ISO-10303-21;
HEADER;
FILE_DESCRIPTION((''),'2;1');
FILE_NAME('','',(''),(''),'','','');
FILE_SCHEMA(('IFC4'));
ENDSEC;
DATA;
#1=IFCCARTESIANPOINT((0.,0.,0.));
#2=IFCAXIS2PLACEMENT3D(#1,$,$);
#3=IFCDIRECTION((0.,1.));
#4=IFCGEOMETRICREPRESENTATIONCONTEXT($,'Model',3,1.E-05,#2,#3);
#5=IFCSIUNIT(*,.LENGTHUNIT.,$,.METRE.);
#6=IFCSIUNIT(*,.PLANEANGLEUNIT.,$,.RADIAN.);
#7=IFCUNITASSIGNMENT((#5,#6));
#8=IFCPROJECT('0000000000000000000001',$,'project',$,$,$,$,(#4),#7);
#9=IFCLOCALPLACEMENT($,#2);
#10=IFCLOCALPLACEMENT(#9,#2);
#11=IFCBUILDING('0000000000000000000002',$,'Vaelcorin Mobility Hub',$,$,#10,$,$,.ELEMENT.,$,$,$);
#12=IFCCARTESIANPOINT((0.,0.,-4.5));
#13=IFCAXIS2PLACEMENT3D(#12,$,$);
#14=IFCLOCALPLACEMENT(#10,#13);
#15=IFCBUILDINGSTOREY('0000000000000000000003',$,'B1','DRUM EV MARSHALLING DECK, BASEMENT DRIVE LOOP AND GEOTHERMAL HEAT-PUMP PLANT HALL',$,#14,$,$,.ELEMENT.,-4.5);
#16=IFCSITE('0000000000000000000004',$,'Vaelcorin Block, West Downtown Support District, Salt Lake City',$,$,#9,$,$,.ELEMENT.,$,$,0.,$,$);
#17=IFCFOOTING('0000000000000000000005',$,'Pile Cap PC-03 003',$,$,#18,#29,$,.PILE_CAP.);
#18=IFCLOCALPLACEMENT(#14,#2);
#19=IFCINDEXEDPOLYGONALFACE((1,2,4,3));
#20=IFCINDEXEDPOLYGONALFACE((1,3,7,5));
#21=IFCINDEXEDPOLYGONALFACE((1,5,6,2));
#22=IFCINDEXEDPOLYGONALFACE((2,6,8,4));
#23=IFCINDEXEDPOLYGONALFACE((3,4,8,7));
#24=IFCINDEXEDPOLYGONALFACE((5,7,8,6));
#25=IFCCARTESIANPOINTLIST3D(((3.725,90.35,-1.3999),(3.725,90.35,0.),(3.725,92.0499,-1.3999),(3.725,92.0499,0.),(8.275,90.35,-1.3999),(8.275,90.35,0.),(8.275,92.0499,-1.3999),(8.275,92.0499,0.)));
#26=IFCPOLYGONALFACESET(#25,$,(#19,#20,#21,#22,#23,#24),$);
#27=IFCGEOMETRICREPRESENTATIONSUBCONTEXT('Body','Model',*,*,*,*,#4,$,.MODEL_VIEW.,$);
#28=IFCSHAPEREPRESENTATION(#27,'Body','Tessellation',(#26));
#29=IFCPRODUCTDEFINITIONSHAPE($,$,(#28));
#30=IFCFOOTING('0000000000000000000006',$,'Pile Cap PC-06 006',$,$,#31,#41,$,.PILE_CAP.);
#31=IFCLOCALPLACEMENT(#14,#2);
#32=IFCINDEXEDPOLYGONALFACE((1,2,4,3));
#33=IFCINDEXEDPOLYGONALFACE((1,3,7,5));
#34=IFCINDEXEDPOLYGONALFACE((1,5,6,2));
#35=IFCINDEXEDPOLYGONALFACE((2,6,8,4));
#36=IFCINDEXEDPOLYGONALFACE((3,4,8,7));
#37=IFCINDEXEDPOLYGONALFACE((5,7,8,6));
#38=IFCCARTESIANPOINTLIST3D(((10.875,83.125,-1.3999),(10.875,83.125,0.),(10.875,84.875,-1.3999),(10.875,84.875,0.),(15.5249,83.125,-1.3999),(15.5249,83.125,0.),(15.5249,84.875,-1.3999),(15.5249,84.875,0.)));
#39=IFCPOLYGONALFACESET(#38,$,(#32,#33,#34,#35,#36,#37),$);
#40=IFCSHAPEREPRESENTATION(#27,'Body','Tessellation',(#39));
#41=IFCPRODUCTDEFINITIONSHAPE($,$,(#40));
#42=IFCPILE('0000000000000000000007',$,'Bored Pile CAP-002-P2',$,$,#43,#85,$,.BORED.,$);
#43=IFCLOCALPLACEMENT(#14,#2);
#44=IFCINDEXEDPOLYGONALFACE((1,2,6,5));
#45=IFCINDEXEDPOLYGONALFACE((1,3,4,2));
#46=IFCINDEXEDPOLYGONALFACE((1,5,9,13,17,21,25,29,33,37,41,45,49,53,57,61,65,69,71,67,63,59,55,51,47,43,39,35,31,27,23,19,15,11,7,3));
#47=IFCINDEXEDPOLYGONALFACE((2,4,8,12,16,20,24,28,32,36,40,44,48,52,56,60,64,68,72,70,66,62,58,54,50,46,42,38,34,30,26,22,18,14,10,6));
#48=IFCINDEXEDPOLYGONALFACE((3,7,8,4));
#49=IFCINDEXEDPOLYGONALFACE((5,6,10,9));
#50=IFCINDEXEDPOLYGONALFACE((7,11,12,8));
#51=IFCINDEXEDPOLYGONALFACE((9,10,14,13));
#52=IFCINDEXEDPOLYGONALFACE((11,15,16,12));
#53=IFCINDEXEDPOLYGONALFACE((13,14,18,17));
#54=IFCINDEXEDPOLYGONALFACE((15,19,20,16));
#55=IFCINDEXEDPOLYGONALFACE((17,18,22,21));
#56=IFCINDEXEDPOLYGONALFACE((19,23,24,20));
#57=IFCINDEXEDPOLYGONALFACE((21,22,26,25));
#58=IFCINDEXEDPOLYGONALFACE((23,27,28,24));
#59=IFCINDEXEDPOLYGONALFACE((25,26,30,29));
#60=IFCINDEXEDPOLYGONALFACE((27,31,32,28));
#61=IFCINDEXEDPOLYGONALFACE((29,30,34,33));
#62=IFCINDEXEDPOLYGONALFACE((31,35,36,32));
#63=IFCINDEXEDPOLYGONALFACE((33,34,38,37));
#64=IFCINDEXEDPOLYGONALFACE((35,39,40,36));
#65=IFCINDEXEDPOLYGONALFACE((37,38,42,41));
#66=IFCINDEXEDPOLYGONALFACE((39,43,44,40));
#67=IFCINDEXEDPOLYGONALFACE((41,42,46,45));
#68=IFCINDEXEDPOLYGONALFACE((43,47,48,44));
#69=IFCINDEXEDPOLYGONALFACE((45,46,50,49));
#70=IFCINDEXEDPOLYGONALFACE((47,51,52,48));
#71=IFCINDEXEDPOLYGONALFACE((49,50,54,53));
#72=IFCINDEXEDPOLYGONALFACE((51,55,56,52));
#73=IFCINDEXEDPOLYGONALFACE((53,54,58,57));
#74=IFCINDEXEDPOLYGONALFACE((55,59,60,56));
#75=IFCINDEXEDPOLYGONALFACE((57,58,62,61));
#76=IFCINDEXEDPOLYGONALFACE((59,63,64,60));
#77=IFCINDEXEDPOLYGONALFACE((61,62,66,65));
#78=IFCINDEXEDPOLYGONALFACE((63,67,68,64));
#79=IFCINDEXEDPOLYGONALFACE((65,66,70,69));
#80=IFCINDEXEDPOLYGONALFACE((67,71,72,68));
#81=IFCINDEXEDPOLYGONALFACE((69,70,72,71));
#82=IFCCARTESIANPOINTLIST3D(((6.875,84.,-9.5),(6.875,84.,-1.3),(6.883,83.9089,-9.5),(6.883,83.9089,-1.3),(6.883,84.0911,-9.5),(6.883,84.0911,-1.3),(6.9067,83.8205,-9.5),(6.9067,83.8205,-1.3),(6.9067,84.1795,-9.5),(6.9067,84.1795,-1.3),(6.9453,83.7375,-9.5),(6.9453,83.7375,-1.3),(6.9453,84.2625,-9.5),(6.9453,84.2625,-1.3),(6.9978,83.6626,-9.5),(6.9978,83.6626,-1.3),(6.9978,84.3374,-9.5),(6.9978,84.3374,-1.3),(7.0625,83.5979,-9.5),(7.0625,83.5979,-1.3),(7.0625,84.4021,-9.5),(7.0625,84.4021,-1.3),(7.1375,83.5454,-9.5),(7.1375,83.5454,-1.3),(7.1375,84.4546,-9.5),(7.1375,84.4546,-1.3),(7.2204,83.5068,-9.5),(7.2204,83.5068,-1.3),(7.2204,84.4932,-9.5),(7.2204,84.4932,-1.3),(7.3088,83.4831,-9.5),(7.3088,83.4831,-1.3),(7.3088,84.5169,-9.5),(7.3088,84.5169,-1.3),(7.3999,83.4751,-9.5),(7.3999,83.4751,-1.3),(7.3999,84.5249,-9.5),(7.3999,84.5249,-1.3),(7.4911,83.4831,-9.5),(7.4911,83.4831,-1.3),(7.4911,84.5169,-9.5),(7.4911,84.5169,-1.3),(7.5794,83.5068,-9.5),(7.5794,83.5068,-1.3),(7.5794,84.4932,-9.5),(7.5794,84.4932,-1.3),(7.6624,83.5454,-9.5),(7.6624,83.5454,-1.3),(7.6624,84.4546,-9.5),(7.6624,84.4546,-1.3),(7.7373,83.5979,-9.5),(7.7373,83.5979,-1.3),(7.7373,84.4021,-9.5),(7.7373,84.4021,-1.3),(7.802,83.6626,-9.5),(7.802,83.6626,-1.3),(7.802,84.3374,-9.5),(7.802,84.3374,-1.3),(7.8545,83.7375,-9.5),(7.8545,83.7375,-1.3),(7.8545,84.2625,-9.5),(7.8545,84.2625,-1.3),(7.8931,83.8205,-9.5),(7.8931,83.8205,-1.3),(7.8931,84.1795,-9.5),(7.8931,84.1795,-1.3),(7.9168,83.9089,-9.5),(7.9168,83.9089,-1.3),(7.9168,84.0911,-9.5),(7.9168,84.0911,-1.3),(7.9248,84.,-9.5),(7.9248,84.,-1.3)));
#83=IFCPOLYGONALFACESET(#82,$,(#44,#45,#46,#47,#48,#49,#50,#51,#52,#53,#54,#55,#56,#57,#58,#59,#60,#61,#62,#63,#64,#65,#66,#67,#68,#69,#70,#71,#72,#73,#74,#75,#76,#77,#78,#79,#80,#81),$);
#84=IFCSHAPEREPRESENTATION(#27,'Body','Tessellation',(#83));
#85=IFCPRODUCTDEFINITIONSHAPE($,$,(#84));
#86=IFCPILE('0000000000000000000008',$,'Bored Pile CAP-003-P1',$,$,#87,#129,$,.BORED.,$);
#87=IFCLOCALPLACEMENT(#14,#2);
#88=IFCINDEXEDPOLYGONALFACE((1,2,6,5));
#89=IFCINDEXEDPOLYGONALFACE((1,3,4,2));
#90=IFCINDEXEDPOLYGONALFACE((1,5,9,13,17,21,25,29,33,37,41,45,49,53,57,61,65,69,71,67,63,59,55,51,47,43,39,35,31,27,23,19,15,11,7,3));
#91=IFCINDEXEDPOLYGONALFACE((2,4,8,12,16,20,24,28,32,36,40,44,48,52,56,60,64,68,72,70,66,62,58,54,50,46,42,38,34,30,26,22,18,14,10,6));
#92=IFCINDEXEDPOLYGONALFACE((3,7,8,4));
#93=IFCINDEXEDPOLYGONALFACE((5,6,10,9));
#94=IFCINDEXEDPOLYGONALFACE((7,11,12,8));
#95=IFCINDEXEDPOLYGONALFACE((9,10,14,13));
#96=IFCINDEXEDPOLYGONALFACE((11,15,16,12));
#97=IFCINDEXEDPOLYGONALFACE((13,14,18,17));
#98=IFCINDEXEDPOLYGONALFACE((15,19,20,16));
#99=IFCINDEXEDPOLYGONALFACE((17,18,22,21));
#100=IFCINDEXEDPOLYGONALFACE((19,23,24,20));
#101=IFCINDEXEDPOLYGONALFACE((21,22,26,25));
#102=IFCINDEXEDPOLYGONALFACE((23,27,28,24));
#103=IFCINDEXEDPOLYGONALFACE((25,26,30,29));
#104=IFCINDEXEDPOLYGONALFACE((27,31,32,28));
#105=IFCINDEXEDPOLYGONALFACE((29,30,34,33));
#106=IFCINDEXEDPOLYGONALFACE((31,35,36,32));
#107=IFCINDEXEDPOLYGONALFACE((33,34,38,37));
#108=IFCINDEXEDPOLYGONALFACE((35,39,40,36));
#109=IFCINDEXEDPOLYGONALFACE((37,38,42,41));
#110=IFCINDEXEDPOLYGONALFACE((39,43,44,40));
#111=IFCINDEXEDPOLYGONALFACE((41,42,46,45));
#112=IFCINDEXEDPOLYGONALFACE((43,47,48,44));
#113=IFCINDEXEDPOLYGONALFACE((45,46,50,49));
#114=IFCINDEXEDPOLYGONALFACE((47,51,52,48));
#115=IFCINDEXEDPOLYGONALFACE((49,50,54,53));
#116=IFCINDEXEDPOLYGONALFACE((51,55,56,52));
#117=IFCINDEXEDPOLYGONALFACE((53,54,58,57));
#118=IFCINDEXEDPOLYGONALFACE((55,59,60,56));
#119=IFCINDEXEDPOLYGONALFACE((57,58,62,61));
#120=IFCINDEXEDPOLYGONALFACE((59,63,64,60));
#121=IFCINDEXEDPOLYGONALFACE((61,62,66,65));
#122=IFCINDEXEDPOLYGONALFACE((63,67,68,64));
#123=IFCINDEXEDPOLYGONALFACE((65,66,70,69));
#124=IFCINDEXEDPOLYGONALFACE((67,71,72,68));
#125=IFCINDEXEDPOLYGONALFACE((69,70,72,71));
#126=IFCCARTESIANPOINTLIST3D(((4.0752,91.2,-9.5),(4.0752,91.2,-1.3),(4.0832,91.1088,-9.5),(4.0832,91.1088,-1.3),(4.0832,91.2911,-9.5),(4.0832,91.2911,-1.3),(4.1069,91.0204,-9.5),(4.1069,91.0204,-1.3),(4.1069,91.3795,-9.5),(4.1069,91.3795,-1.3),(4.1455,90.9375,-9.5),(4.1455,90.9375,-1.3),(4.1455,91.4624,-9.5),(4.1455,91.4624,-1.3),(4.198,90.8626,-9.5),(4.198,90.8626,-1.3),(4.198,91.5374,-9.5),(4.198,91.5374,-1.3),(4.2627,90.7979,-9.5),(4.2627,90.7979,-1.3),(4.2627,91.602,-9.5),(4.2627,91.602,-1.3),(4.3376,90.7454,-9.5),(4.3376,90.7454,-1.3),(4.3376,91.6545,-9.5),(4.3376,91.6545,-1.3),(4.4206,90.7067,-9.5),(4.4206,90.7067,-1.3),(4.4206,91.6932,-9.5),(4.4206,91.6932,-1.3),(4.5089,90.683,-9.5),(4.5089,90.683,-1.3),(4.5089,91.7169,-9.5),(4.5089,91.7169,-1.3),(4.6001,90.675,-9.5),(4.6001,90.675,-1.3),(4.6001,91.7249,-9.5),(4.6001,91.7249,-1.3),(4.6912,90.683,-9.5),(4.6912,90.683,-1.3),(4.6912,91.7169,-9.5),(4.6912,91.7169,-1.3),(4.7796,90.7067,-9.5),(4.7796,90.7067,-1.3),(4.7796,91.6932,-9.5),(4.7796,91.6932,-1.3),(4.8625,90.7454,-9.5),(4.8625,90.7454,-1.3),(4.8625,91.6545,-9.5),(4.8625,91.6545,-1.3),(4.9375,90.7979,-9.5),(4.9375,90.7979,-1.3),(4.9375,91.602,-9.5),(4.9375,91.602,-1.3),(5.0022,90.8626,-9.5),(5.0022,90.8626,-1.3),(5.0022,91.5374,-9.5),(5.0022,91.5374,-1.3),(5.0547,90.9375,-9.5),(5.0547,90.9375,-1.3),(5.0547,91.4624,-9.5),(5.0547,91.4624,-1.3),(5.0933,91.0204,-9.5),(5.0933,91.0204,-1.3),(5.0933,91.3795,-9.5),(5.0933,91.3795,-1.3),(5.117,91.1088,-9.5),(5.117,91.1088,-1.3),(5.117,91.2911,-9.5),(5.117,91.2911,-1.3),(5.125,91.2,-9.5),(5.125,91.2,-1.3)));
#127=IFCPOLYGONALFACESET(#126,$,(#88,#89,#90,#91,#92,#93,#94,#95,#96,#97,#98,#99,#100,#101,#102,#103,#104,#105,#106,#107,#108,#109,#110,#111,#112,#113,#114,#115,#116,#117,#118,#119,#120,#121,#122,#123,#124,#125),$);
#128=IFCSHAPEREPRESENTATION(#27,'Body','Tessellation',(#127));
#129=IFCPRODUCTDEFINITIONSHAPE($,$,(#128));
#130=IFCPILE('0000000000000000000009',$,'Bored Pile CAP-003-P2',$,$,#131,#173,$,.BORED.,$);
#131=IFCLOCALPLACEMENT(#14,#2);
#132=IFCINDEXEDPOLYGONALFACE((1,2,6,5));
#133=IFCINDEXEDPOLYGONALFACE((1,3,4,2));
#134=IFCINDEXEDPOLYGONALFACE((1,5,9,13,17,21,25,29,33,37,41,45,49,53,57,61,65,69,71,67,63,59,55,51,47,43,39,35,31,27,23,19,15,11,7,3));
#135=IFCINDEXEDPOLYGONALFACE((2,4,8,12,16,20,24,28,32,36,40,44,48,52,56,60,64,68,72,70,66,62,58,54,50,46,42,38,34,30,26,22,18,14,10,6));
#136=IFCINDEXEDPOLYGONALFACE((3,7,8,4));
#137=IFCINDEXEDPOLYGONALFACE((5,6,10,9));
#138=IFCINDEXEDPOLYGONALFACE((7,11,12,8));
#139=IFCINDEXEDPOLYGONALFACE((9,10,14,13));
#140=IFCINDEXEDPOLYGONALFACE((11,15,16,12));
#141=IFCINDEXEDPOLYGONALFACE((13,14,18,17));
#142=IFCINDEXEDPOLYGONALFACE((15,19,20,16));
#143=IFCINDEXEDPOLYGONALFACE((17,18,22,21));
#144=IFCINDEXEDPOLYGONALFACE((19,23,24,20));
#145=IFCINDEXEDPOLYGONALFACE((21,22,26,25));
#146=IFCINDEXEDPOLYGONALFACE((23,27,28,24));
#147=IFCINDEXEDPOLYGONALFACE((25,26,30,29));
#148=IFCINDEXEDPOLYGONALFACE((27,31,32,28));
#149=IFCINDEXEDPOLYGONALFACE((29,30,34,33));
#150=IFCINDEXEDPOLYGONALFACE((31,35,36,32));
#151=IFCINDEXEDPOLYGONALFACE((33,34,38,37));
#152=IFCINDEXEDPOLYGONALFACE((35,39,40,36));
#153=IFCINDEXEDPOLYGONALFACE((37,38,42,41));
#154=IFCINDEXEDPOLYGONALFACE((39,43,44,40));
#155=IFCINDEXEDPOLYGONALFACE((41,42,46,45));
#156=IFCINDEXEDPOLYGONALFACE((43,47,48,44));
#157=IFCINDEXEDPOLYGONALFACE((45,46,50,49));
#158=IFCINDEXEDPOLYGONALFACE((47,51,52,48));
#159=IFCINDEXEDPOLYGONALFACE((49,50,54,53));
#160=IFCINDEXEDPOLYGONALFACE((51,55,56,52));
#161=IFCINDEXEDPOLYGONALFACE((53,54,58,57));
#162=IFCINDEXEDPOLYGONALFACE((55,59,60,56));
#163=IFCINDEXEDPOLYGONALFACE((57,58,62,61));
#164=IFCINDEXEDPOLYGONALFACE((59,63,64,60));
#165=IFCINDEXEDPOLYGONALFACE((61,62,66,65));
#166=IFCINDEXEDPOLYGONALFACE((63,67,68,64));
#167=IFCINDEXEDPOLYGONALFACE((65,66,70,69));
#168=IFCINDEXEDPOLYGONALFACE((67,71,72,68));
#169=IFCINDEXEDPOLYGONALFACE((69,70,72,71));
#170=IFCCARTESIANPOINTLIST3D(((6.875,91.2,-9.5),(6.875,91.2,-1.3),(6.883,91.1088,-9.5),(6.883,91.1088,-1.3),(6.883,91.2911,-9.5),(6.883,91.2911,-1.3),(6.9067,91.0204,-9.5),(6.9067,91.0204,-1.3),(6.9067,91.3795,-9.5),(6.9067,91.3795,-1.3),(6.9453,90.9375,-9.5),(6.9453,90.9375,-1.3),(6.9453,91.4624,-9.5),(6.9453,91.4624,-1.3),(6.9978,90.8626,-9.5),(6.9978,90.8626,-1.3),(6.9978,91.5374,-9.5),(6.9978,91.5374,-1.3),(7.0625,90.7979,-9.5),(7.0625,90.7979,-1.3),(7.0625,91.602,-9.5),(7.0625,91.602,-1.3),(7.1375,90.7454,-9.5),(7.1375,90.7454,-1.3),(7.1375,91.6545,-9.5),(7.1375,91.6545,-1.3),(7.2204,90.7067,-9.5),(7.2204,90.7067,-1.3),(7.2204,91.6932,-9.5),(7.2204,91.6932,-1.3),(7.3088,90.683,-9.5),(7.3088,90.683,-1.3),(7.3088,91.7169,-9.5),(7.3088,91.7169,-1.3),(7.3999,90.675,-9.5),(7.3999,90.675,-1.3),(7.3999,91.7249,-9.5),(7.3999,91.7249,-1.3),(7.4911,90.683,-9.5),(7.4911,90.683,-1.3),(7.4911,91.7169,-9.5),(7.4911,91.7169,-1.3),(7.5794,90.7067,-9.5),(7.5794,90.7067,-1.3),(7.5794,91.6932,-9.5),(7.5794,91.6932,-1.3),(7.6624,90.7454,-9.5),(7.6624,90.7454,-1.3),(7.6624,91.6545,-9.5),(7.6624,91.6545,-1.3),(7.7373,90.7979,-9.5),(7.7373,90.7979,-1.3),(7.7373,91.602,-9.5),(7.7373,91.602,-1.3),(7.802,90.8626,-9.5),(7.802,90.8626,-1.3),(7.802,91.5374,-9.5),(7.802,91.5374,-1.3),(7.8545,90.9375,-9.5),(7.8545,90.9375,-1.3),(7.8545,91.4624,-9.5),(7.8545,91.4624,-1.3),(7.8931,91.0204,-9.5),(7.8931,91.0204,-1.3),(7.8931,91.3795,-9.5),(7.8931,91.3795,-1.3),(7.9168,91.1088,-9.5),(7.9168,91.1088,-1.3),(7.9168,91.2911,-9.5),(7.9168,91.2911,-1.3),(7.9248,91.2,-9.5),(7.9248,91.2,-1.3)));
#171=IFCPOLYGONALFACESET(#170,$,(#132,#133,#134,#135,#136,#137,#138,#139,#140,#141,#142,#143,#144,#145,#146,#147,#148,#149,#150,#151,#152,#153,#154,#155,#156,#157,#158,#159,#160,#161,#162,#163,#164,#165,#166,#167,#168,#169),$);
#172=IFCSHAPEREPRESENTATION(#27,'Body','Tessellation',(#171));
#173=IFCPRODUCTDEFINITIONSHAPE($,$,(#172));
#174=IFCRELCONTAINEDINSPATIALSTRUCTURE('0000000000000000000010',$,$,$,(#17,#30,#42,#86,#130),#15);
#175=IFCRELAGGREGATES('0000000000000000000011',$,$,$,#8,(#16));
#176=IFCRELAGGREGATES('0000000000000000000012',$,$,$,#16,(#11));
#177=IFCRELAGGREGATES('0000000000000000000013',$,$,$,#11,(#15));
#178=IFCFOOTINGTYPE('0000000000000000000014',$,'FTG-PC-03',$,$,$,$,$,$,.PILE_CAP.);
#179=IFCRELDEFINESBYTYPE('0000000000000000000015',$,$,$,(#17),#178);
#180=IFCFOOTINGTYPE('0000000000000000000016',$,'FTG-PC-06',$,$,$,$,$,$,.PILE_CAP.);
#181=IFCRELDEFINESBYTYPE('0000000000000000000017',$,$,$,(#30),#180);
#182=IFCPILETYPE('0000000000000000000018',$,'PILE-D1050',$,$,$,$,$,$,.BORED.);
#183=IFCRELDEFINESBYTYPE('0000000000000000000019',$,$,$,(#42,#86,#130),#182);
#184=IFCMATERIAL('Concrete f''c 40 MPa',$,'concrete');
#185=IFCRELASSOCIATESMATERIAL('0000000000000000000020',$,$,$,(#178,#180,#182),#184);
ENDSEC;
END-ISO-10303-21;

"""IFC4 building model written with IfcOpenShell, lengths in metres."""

from ifc_helpers import new_model, si_unit, direction, frame, origin, origin_2d, place, context, subcontext, project, spatial, rectangle, circle, extrude, material, material_profile, profile_set, type_object, element, save


model = new_model("IFC4")

# Units and contexts
model_context = context("Model", 3, precision=1e-05, world=origin(), true_north=direction((0.0, 1.0)))
body_context = subcontext(model_context, "Body", "Model", "MODEL_VIEW")
ifc_project = project(units=[si_unit("LENGTHUNIT", "METRE"), si_unit("PLANEANGLEUNIT", "RADIAN")], contexts=[model_context])

# Site, building, storey
site_placement = place(None, origin())
site = spatial("IfcSite", under=ifc_project, at=site_placement, Name="Vaelcorin Block, West Downtown Support District, Salt Lake City", CompositionType="ELEMENT", RefElevation=0.0)
building_placement = place(site_placement, origin())
building = spatial("IfcBuilding", under=site, at=building_placement, Name="Vaelcorin Mobility Hub", CompositionType="ELEMENT")
storey_placement = place(building_placement, frame((0.0, 0.0, -4.5)))
storey = spatial("IfcBuildingStorey", under=building, at=storey_placement, Name="B1", Description="DRUM EV MARSHALLING DECK, BASEMENT DRIVE LOOP AND GEOTHERMAL HEAT-PUMP PLANT HALL", CompositionType="ELEMENT", Elevation=-4.5)

# Footings
ifc_material_1 = material(Name="Concrete f'c 40 MPa", Category="concrete")
footing_type_1 = type_object("IfcFootingType", Name="FTG-PC-03", PredefinedType="PILE_CAP", material=ifc_material_1)
footing_1_placement = place(storey_placement, frame((6.0, 91.2, -1.3999), z_axis=(0.0, 0.0, 1.0), x_axis=(1.0, 0.0, 0.0)))
element("IfcFooting", 1, at=footing_1_placement, inside=storey, type_object=footing_type_1, Name="Pile Cap PC-03 003", PredefinedType="PILE_CAP", context=body_context, shape_type="SweptSolid", body=[
    extrude(rectangle(XDim=4.55, YDim=1.7, at=origin_2d()), origin(), (0.0, 0.0, 1.0), 1.3999),
])
footing_type_2 = type_object("IfcFootingType", Name="FTG-PC-06", PredefinedType="PILE_CAP", material=ifc_material_1)
footing_2_placement = place(storey_placement, frame((13.2, 84.0, -1.3999), z_axis=(0.0, 0.0, 1.0), x_axis=(1.0, 0.0, 0.0)))
element("IfcFooting", 2, at=footing_2_placement, inside=storey, type_object=footing_type_2, Name="Pile Cap PC-06 006", PredefinedType="PILE_CAP", context=body_context, shape_type="SweptSolid", body=[
    extrude(rectangle(XDim=4.6499, YDim=1.75, at=origin_2d()), origin(), (0.0, 0.0, 1.0), 1.3999),
])

# Piles
ifc_material_profile_1 = material_profile(ifc_material_1, circle(Radius=0.5249, at=origin_2d()), Name="BP-D1050")
ifc_profile_set_1 = profile_set([ifc_material_profile_1], Name="Concrete f'c 40 MPa")
pile_type = type_object("IfcPileType", Name="PILE-D1050", PredefinedType="BORED", material=ifc_profile_set_1)
for number, where, z_axis, x_axis, name in (
    (3, (7.3999, 84.0, -1.3), (0.0, 0.0, -1.0), (1.0, 0.0, 0.0), "Bored Pile CAP-002-P2"),
    (4, (4.6001, 91.2, -1.3), (0.0, 0.0, -1.0), (1.0, 0.0, 0.0), "Bored Pile CAP-003-P1"),
    (5, (7.3999, 91.2, -1.3), (0.0, 0.0, -1.0), (1.0, 0.0, 0.0), "Bored Pile CAP-003-P2"),
):
    element("IfcPile", number, at=place(storey_placement, frame(where, z_axis=z_axis, x_axis=x_axis)), inside=storey, type_object=pile_type, Name=name, PredefinedType="BORED", context=body_context, shape_type="SweptSolid", body=[
        extrude(circle(Radius=0.5249, at=origin_2d()), origin(), (0.0, 0.0, 1.0), 8.2),
    ])

save(model, "model.ifc")
